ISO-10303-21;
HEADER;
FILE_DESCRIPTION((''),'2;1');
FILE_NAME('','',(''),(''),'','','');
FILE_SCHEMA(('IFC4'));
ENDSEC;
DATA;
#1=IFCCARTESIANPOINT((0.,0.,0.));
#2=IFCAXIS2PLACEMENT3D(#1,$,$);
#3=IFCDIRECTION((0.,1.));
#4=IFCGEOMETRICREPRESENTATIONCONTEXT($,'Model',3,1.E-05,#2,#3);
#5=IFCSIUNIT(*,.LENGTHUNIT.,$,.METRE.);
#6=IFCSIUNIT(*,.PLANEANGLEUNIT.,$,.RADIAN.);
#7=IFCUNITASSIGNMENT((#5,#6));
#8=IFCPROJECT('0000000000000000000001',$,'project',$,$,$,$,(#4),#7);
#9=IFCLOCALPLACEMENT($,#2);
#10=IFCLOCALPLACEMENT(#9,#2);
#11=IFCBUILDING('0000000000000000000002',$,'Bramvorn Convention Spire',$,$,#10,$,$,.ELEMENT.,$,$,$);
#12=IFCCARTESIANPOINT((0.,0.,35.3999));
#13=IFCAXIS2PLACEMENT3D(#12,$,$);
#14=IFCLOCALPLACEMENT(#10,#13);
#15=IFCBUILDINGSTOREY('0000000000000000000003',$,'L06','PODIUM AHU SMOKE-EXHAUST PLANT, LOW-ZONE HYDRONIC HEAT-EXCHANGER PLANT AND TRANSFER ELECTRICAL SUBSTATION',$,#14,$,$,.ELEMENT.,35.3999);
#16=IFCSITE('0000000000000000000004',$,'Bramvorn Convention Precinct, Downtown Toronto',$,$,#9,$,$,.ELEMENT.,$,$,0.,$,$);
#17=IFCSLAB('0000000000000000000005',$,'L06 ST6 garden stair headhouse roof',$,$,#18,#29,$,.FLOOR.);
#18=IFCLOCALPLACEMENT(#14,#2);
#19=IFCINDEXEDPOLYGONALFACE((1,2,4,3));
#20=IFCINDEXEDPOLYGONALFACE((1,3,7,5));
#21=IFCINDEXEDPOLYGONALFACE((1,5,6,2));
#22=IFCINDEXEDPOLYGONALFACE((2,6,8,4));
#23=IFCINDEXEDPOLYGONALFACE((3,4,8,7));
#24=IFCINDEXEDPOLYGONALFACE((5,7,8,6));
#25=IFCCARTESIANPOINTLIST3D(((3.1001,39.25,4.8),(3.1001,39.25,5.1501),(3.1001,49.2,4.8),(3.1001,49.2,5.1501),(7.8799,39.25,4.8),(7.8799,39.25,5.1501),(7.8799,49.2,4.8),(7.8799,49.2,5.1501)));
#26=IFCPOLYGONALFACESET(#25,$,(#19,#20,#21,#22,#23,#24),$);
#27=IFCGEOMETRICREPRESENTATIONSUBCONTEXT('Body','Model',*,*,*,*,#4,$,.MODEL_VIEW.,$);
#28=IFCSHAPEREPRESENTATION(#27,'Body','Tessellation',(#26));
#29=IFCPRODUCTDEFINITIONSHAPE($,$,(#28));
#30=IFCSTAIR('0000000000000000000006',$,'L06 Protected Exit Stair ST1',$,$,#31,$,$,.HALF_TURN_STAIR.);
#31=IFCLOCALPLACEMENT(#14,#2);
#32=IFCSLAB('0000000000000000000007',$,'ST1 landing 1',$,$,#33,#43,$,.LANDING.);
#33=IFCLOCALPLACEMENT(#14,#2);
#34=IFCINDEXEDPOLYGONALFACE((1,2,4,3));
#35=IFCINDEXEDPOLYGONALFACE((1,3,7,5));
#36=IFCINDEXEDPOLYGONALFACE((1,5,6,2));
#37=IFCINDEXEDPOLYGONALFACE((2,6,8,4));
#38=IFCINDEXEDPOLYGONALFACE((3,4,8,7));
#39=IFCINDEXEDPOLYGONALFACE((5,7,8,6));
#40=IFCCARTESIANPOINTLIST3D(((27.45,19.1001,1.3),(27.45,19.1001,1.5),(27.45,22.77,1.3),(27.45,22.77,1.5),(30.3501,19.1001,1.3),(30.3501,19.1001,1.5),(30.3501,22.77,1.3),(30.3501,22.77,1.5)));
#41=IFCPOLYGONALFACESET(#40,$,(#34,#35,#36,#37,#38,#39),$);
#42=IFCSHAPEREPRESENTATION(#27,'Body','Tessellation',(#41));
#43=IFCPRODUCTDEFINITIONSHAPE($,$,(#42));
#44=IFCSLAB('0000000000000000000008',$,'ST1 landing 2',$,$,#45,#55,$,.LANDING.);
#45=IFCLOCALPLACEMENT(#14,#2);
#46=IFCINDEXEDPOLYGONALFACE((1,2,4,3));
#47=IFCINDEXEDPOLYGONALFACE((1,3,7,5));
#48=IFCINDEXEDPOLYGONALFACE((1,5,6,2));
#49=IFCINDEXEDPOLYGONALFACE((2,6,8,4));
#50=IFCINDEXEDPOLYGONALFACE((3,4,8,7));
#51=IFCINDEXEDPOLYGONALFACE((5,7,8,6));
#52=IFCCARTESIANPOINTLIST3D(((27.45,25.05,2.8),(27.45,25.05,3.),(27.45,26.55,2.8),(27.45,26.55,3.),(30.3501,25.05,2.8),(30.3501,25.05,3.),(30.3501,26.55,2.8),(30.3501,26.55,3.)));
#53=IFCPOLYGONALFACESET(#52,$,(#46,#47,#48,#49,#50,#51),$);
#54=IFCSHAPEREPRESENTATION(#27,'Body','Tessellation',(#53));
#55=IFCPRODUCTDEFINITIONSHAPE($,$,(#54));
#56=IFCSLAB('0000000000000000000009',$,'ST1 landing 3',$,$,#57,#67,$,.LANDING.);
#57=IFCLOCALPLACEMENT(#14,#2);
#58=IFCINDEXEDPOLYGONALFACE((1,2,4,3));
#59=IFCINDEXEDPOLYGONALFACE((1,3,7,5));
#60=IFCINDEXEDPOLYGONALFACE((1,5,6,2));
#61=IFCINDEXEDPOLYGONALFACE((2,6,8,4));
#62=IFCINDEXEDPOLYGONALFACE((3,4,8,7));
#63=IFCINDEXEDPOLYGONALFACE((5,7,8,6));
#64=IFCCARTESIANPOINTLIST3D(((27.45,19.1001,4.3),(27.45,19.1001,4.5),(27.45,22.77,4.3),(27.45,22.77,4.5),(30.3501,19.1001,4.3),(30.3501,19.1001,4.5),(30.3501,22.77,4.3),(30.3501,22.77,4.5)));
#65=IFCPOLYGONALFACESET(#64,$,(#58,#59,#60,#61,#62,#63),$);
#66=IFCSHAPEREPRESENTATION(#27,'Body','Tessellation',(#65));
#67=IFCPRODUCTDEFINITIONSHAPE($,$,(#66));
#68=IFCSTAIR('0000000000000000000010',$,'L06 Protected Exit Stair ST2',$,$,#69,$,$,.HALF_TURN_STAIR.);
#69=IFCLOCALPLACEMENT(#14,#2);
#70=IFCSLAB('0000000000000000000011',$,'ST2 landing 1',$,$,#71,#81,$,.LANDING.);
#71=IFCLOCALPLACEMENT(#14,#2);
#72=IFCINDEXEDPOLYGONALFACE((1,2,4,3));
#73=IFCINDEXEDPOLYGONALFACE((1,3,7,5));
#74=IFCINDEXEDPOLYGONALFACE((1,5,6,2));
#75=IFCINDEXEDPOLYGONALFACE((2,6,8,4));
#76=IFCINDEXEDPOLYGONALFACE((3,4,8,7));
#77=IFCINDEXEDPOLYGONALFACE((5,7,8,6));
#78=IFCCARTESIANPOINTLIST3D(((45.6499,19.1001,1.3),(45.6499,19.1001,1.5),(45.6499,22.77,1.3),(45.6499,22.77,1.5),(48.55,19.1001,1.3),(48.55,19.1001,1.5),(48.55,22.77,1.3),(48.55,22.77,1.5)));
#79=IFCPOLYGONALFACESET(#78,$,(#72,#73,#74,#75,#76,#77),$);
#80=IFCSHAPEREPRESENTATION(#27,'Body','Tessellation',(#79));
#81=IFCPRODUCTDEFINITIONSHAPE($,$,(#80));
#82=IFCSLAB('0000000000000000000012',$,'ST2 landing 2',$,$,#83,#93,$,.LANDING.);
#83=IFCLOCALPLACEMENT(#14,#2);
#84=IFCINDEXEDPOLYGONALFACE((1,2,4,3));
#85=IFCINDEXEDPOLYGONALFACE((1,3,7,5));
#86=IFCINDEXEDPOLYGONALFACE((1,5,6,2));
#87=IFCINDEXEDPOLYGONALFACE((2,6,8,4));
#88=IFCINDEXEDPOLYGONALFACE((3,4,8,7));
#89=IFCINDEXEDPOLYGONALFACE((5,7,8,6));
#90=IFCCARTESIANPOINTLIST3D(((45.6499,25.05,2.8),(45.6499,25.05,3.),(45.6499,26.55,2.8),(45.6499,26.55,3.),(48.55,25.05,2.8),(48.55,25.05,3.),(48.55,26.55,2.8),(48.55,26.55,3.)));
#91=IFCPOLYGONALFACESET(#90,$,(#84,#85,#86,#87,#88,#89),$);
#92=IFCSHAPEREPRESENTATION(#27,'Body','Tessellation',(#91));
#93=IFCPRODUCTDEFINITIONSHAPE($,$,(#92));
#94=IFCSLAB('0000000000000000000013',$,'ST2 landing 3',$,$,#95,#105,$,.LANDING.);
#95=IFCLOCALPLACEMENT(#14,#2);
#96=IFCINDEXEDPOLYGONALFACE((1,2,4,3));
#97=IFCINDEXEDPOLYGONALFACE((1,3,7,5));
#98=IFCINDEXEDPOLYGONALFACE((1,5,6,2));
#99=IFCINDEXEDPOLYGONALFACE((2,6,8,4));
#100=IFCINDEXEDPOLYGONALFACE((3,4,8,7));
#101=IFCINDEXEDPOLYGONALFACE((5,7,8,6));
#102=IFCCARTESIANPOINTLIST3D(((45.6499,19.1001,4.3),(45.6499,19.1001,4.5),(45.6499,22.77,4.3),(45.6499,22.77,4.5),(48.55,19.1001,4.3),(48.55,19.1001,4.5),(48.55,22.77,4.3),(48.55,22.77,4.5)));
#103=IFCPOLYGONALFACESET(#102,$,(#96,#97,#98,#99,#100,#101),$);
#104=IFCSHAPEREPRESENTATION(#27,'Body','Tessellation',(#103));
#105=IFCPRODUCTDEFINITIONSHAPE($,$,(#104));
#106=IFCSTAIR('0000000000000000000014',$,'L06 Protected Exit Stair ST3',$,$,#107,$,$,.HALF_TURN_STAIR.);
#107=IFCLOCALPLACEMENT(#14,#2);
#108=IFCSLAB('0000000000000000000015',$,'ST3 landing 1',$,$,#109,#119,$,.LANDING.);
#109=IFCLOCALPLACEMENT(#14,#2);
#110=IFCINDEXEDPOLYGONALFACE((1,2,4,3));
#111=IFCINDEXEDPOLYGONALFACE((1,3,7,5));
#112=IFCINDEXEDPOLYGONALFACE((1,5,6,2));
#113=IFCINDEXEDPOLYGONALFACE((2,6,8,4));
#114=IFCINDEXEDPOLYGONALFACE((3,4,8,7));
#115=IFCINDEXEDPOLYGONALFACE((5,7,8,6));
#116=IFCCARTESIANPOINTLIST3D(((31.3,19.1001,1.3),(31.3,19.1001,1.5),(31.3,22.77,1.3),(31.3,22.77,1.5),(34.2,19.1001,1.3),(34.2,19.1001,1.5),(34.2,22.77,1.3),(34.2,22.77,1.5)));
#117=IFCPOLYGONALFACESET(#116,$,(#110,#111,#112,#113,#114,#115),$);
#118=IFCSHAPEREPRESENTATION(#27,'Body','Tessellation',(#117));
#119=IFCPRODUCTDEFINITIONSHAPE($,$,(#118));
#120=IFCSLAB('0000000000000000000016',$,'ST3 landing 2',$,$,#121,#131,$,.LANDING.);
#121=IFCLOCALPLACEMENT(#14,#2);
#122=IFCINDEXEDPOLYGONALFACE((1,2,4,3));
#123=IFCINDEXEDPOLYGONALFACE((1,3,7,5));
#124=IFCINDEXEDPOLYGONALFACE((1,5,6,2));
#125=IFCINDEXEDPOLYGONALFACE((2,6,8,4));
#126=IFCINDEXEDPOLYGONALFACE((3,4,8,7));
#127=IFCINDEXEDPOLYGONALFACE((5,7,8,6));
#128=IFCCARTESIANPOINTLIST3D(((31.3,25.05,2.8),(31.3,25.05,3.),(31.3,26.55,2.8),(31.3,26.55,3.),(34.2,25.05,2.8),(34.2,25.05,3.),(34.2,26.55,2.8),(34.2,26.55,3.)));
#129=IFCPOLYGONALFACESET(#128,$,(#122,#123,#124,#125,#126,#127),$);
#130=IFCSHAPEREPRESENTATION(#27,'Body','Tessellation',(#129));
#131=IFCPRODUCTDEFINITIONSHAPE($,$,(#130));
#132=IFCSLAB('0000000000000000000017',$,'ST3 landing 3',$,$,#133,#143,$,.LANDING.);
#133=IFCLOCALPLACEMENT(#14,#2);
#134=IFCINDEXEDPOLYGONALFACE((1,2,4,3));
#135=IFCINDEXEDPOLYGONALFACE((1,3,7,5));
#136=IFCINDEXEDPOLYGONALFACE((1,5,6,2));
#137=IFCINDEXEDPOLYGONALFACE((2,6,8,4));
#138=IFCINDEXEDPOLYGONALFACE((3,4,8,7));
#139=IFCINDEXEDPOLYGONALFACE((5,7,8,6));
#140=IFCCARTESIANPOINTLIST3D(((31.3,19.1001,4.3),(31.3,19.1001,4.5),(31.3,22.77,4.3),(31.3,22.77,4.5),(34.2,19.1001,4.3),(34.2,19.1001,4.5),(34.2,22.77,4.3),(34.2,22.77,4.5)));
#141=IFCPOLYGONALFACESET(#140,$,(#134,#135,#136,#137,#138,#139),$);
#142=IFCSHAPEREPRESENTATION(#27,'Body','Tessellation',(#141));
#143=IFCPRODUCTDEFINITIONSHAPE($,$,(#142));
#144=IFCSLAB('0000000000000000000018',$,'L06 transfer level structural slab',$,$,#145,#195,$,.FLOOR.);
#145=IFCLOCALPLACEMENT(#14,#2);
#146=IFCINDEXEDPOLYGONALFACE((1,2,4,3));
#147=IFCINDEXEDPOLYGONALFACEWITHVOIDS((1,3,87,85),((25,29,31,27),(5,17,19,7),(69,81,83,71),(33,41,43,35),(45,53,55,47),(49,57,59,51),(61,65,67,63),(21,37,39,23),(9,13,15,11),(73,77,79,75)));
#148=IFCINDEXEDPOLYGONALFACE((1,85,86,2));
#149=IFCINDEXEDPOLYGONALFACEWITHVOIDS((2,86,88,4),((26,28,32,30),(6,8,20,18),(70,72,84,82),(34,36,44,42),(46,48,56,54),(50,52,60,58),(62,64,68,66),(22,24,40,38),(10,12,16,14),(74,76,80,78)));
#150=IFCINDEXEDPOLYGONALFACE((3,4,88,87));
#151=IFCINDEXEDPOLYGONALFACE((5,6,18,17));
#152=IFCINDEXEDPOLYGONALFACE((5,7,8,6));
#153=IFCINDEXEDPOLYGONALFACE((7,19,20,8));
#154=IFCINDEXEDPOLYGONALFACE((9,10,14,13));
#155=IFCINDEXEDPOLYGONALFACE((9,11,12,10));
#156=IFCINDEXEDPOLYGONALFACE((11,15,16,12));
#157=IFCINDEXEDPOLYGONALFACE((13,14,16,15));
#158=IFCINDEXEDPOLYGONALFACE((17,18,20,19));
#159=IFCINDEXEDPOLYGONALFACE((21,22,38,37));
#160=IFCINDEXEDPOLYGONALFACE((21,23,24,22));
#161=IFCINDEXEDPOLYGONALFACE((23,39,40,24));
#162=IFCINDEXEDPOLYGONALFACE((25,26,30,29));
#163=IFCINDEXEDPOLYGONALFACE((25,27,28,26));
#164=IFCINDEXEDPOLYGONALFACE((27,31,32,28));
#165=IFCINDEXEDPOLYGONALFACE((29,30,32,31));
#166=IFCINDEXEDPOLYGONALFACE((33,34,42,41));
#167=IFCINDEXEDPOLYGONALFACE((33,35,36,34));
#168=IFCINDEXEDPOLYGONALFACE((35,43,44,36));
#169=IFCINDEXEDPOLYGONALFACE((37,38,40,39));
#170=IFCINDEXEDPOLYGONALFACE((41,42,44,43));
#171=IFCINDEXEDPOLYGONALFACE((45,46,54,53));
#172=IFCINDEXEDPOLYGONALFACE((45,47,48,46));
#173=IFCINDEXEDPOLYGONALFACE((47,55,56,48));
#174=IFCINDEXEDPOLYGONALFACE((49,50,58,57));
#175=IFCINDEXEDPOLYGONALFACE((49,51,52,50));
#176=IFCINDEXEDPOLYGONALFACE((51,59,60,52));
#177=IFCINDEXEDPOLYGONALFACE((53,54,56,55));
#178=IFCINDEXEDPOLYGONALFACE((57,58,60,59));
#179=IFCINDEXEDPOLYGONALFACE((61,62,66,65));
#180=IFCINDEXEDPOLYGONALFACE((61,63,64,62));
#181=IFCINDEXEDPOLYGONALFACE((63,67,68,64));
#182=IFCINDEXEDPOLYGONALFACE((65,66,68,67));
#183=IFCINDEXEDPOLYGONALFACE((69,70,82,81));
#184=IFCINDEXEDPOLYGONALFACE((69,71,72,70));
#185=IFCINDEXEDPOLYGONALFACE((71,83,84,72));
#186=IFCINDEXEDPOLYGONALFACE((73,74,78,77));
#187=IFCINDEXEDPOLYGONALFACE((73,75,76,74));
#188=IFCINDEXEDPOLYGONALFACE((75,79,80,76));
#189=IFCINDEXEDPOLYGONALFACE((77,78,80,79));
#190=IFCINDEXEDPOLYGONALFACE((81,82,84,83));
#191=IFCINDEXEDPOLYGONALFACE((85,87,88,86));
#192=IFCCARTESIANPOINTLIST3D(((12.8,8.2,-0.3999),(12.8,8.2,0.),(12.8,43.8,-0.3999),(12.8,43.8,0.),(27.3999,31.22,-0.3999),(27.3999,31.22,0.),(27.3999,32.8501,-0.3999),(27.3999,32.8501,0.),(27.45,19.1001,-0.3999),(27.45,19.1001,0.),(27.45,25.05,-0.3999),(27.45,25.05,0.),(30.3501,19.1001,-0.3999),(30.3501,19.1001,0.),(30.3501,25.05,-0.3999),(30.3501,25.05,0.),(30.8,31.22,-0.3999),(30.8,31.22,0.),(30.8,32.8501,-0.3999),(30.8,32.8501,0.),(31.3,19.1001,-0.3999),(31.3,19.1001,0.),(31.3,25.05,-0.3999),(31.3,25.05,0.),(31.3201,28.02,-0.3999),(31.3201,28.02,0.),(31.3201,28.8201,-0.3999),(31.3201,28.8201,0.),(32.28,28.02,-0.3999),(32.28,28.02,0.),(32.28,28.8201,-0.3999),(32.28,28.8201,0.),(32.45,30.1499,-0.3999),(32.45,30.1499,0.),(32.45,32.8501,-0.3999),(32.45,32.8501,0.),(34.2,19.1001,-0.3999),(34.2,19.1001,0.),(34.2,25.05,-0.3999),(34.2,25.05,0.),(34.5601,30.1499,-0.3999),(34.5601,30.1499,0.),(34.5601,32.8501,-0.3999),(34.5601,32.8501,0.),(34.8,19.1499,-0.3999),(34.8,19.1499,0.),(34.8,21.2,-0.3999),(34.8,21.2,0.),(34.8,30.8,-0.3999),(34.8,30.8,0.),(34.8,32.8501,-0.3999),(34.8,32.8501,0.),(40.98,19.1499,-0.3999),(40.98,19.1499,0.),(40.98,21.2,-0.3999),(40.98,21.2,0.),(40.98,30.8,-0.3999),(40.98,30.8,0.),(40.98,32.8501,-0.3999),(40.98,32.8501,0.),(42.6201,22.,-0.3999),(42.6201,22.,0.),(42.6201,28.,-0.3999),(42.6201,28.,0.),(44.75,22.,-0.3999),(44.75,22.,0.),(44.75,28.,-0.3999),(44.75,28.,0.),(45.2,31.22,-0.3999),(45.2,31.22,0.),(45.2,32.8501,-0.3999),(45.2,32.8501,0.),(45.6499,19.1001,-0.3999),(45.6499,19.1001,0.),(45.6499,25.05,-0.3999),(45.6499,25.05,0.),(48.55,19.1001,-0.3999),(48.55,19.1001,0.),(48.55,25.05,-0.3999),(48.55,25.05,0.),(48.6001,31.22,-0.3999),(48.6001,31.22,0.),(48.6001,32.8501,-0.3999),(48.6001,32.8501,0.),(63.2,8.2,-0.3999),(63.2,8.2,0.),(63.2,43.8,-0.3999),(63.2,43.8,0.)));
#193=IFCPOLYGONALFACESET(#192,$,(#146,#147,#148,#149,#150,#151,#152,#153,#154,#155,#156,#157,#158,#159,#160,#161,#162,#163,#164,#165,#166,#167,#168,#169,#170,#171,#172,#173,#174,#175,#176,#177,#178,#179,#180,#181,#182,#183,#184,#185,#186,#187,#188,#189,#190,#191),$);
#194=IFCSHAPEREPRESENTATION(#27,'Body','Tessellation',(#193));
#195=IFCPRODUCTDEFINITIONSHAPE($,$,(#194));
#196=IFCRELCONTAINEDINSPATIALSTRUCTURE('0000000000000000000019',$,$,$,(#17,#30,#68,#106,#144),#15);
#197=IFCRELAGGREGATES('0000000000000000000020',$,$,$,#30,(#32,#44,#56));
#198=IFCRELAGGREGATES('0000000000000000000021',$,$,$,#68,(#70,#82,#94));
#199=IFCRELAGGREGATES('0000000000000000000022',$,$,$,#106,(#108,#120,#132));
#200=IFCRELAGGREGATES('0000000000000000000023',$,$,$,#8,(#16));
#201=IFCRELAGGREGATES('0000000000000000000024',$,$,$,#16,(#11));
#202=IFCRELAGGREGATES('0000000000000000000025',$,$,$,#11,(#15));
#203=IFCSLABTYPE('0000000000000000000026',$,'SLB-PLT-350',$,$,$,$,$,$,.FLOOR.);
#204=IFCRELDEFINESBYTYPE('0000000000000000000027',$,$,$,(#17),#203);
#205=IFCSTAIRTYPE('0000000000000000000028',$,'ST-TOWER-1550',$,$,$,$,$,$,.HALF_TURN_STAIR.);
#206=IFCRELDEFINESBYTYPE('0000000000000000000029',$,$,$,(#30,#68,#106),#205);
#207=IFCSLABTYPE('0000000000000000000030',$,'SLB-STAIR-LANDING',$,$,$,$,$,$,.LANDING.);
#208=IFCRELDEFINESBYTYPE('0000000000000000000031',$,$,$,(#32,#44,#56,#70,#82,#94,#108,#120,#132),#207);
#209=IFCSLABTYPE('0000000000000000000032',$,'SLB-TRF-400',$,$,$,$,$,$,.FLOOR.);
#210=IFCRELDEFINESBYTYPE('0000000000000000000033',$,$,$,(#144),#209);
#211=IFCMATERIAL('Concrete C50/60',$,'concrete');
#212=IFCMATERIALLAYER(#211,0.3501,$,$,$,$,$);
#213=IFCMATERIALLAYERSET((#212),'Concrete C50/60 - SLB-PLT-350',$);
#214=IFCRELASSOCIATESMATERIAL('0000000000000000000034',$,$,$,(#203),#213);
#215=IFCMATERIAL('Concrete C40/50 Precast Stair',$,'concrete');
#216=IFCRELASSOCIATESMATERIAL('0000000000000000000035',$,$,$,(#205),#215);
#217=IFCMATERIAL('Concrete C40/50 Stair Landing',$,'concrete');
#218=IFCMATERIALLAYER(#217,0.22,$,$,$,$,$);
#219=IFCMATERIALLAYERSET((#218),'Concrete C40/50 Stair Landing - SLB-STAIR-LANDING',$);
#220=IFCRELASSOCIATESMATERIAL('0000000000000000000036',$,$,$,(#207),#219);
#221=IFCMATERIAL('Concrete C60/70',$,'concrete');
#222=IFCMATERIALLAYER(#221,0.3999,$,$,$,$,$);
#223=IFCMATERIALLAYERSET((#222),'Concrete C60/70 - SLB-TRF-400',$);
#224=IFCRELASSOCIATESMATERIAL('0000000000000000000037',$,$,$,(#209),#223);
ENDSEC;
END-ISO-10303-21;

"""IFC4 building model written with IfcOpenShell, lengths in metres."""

from ifc_helpers import new_model, si_unit, direction, frame, origin, place, context, subcontext, project, spatial, polyline, outline, extrude, material, layer, layer_set, type_object, element, aggregate, save


model = new_model("IFC4")

# Units and contexts
model_context = context("Model", 3, precision=1e-05, world=origin(), true_north=direction((0.0, 1.0)))
body_context = subcontext(model_context, "Body", "Model", "MODEL_VIEW")
ifc_project = project(units=[si_unit("LENGTHUNIT", "METRE"), si_unit("PLANEANGLEUNIT", "RADIAN")], contexts=[model_context])

# Site, building, storey
site_placement = place(None, origin())
site = spatial("IfcSite", under=ifc_project, at=site_placement, Name="Bramvorn Convention Precinct, Downtown Toronto", CompositionType="ELEMENT", RefElevation=0.0)
building_placement = place(site_placement, origin())
building = spatial("IfcBuilding", under=site, at=building_placement, Name="Bramvorn Convention Spire", CompositionType="ELEMENT")
storey_placement = place(building_placement, frame((0.0, 0.0, 35.3999)))
storey = spatial("IfcBuildingStorey", under=building, at=storey_placement, Name="L06", Description="PODIUM AHU SMOKE-EXHAUST PLANT, LOW-ZONE HYDRONIC HEAT-EXCHANGER PLANT AND TRANSFER ELECTRICAL SUBSTATION", CompositionType="ELEMENT", Elevation=35.3999)

# Slab
ifc_material_1 = material(Name="Concrete C50/60", Category="concrete")
ifc_layer_1 = layer(ifc_material_1, 0.3501)
ifc_layer_set_1 = layer_set([ifc_layer_1], Name="Concrete C50/60 - SLB-PLT-350")
slab_type_1 = type_object("IfcSlabType", Name="SLB-PLT-350", PredefinedType="FLOOR", material=ifc_layer_set_1)
slab_1_placement = place(storey_placement, frame((0.0, 0.0, 4.8)))
element("IfcSlab", 1, at=slab_1_placement, inside=storey, type_object=slab_type_1, Name="L06 ST6 garden stair headhouse roof", PredefinedType="FLOOR", context=body_context, shape_type="SweptSolid", body=[
    extrude(outline(polyline([(3.1001, 39.25), (7.8799, 39.25), (7.8799, 49.2), (3.1001, 49.2), (3.1001, 39.25)])), origin(), (0.0, 0.0, 1.0), 0.3501),
])

# Stairs, slabs
ifc_material_2 = material(Name="Concrete C40/50 Precast Stair", Category="concrete")
stair_type = type_object("IfcStairType", Name="ST-TOWER-1550", PredefinedType="HALF_TURN_STAIR", material=ifc_material_2)
stair_1_placement = place(storey_placement, origin())
stair_1 = element("IfcStair", 2, at=stair_1_placement, inside=storey, type_object=stair_type, Name="L06 Protected Exit Stair ST1", PredefinedType="HALF_TURN_STAIR")
ifc_material_3 = material(Name="Concrete C40/50 Stair Landing", Category="concrete")
ifc_layer_2 = layer(ifc_material_3, 0.22)
ifc_layer_set_2 = layer_set([ifc_layer_2], Name="Concrete C40/50 Stair Landing - SLB-STAIR-LANDING")
slab_type_2 = type_object("IfcSlabType", Name="SLB-STAIR-LANDING", PredefinedType="LANDING", material=ifc_layer_set_2)
slab_2_placement = place(storey_placement, frame((0.0, 0.0, 1.3)))
slab_2 = element("IfcSlab", 3, at=slab_2_placement, type_object=slab_type_2, Name="ST1 landing 1", PredefinedType="LANDING", context=body_context, shape_type="SweptSolid", body=[
    extrude(outline(polyline([(27.45, 22.77), (27.45, 19.1001), (30.3501, 19.1001), (30.3501, 22.77), (27.45, 22.77)])), origin(), (0.0, 0.0, 1.0), 0.2),
])
slab_3_placement = place(storey_placement, frame((0.0, 0.0, 2.8)))
slab_3 = element("IfcSlab", 4, at=slab_3_placement, type_object=slab_type_2, Name="ST1 landing 2", PredefinedType="LANDING", context=body_context, shape_type="SweptSolid", body=[
    extrude(outline(polyline([(27.45, 26.55), (27.45, 25.05), (30.3501, 25.05), (30.3501, 26.55), (27.45, 26.55)])), origin(), (0.0, 0.0, 1.0), 0.2),
])
slab_4_placement = place(storey_placement, frame((0.0, 0.0, 4.3)))
slab_4 = element("IfcSlab", 5, at=slab_4_placement, type_object=slab_type_2, Name="ST1 landing 3", PredefinedType="LANDING", context=body_context, shape_type="SweptSolid", body=[
    extrude(outline(polyline([(27.45, 22.77), (27.45, 19.1001), (30.3501, 19.1001), (30.3501, 22.77), (27.45, 22.77)])), origin(), (0.0, 0.0, 1.0), 0.2),
])
aggregate(stair_1, [slab_2, slab_3, slab_4])
stair_2_placement = place(storey_placement, origin())
stair_2 = element("IfcStair", 6, at=stair_2_placement, inside=storey, type_object=stair_type, Name="L06 Protected Exit Stair ST2", PredefinedType="HALF_TURN_STAIR")
slab_5_placement = place(storey_placement, frame((0.0, 0.0, 1.3)))
slab_5 = element("IfcSlab", 7, at=slab_5_placement, type_object=slab_type_2, Name="ST2 landing 1", PredefinedType="LANDING", context=body_context, shape_type="SweptSolid", body=[
    extrude(outline(polyline([(45.6499, 22.77), (45.6499, 19.1001), (48.55, 19.1001), (48.55, 22.77), (45.6499, 22.77)])), origin(), (0.0, 0.0, 1.0), 0.2),
])
slab_6_placement = place(storey_placement, frame((0.0, 0.0, 2.8)))
slab_6 = element("IfcSlab", 8, at=slab_6_placement, type_object=slab_type_2, Name="ST2 landing 2", PredefinedType="LANDING", context=body_context, shape_type="SweptSolid", body=[
    extrude(outline(polyline([(45.6499, 26.55), (45.6499, 25.05), (48.55, 25.05), (48.55, 26.55), (45.6499, 26.55)])), origin(), (0.0, 0.0, 1.0), 0.2),
])
slab_7_placement = place(storey_placement, frame((0.0, 0.0, 4.3)))
slab_7 = element("IfcSlab", 9, at=slab_7_placement, type_object=slab_type_2, Name="ST2 landing 3", PredefinedType="LANDING", context=body_context, shape_type="SweptSolid", body=[
    extrude(outline(polyline([(45.6499, 22.77), (45.6499, 19.1001), (48.55, 19.1001), (48.55, 22.77), (45.6499, 22.77)])), origin(), (0.0, 0.0, 1.0), 0.2),
])
aggregate(stair_2, [slab_5, slab_6, slab_7])
stair_3_placement = place(storey_placement, origin())
stair_3 = element("IfcStair", 10, at=stair_3_placement, inside=storey, type_object=stair_type, Name="L06 Protected Exit Stair ST3", PredefinedType="HALF_TURN_STAIR")
slab_8_placement = place(storey_placement, frame((0.0, 0.0, 1.3)))
slab_8 = element("IfcSlab", 11, at=slab_8_placement, type_object=slab_type_2, Name="ST3 landing 1", PredefinedType="LANDING", context=body_context, shape_type="SweptSolid", body=[
    extrude(outline(polyline([(31.3, 22.77), (31.3, 19.1001), (34.2, 19.1001), (34.2, 22.77), (31.3, 22.77)])), origin(), (0.0, 0.0, 1.0), 0.2),
])
slab_9_placement = place(storey_placement, frame((0.0, 0.0, 2.8)))
slab_9 = element("IfcSlab", 12, at=slab_9_placement, type_object=slab_type_2, Name="ST3 landing 2", PredefinedType="LANDING", context=body_context, shape_type="SweptSolid", body=[
    extrude(outline(polyline([(31.3, 26.55), (31.3, 25.05), (34.2, 25.05), (34.2, 26.55), (31.3, 26.55)])), origin(), (0.0, 0.0, 1.0), 0.2),
])
slab_10_placement = place(storey_placement, frame((0.0, 0.0, 4.3)))
slab_10 = element("IfcSlab", 13, at=slab_10_placement, type_object=slab_type_2, Name="ST3 landing 3", PredefinedType="LANDING", context=body_context, shape_type="SweptSolid", body=[
    extrude(outline(polyline([(31.3, 22.77), (31.3, 19.1001), (34.2, 19.1001), (34.2, 22.77), (31.3, 22.77)])), origin(), (0.0, 0.0, 1.0), 0.2),
])
aggregate(stair_3, [slab_8, slab_9, slab_10])

# Slab
ifc_material_4 = material(Name="Concrete C60/70", Category="concrete")
ifc_layer_3 = layer(ifc_material_4, 0.3999)
ifc_layer_set_3 = layer_set([ifc_layer_3], Name="Concrete C60/70 - SLB-TRF-400")
slab_type_3 = type_object("IfcSlabType", Name="SLB-TRF-400", PredefinedType="FLOOR", material=ifc_layer_set_3)
slab_11_placement = place(storey_placement, frame((0.0, 0.0, -0.3999)))
element("IfcSlab", 14, at=slab_11_placement, inside=storey, type_object=slab_type_3, Name="L06 transfer level structural slab", PredefinedType="FLOOR", context=body_context, shape_type="SweptSolid", body=[
    extrude(outline(polyline([(12.8, 8.2), (63.2, 8.2), (63.2, 43.8), (12.8, 43.8), (12.8, 8.2)]), holes=[polyline([(27.45, 25.05), (27.45, 19.1001), (30.3501, 19.1001), (30.3501, 25.05), (27.45, 25.05)]), polyline([(45.6499, 25.05), (45.6499, 19.1001), (48.55, 19.1001), (48.55, 25.05), (45.6499, 25.05)]), polyline([(31.3, 25.05), (31.3, 19.1001), (34.2, 19.1001), (34.2, 25.05), (31.3, 25.05)]), polyline([(27.3999, 31.22), (30.8, 31.22), (30.8, 32.8501), (27.3999, 32.8501), (27.3999, 31.22)]), polyline([(45.2, 31.22), (48.6001, 31.22), (48.6001, 32.8501), (45.2, 32.8501), (45.2, 31.22)]), polyline([(32.45, 30.1499), (34.5601, 30.1499), (34.5601, 32.8501), (32.45, 32.8501), (32.45, 30.1499)]), polyline([(34.8, 30.8), (40.98, 30.8), (40.98, 32.8501), (34.8, 32.8501), (34.8, 30.8)]), polyline([(34.8, 19.1499), (40.98, 19.1499), (40.98, 21.2), (34.8, 21.2), (34.8, 19.1499)]), polyline([(42.6201, 22.0), (44.75, 22.0), (44.75, 28.0), (42.6201, 28.0), (42.6201, 22.0)]), polyline([(31.3201, 28.02), (32.28, 28.02), (32.28, 28.8201), (31.3201, 28.8201), (31.3201, 28.02)])]), origin(), (0.0, 0.0, 1.0), 0.3999),
])

save(model, "model.ifc")
